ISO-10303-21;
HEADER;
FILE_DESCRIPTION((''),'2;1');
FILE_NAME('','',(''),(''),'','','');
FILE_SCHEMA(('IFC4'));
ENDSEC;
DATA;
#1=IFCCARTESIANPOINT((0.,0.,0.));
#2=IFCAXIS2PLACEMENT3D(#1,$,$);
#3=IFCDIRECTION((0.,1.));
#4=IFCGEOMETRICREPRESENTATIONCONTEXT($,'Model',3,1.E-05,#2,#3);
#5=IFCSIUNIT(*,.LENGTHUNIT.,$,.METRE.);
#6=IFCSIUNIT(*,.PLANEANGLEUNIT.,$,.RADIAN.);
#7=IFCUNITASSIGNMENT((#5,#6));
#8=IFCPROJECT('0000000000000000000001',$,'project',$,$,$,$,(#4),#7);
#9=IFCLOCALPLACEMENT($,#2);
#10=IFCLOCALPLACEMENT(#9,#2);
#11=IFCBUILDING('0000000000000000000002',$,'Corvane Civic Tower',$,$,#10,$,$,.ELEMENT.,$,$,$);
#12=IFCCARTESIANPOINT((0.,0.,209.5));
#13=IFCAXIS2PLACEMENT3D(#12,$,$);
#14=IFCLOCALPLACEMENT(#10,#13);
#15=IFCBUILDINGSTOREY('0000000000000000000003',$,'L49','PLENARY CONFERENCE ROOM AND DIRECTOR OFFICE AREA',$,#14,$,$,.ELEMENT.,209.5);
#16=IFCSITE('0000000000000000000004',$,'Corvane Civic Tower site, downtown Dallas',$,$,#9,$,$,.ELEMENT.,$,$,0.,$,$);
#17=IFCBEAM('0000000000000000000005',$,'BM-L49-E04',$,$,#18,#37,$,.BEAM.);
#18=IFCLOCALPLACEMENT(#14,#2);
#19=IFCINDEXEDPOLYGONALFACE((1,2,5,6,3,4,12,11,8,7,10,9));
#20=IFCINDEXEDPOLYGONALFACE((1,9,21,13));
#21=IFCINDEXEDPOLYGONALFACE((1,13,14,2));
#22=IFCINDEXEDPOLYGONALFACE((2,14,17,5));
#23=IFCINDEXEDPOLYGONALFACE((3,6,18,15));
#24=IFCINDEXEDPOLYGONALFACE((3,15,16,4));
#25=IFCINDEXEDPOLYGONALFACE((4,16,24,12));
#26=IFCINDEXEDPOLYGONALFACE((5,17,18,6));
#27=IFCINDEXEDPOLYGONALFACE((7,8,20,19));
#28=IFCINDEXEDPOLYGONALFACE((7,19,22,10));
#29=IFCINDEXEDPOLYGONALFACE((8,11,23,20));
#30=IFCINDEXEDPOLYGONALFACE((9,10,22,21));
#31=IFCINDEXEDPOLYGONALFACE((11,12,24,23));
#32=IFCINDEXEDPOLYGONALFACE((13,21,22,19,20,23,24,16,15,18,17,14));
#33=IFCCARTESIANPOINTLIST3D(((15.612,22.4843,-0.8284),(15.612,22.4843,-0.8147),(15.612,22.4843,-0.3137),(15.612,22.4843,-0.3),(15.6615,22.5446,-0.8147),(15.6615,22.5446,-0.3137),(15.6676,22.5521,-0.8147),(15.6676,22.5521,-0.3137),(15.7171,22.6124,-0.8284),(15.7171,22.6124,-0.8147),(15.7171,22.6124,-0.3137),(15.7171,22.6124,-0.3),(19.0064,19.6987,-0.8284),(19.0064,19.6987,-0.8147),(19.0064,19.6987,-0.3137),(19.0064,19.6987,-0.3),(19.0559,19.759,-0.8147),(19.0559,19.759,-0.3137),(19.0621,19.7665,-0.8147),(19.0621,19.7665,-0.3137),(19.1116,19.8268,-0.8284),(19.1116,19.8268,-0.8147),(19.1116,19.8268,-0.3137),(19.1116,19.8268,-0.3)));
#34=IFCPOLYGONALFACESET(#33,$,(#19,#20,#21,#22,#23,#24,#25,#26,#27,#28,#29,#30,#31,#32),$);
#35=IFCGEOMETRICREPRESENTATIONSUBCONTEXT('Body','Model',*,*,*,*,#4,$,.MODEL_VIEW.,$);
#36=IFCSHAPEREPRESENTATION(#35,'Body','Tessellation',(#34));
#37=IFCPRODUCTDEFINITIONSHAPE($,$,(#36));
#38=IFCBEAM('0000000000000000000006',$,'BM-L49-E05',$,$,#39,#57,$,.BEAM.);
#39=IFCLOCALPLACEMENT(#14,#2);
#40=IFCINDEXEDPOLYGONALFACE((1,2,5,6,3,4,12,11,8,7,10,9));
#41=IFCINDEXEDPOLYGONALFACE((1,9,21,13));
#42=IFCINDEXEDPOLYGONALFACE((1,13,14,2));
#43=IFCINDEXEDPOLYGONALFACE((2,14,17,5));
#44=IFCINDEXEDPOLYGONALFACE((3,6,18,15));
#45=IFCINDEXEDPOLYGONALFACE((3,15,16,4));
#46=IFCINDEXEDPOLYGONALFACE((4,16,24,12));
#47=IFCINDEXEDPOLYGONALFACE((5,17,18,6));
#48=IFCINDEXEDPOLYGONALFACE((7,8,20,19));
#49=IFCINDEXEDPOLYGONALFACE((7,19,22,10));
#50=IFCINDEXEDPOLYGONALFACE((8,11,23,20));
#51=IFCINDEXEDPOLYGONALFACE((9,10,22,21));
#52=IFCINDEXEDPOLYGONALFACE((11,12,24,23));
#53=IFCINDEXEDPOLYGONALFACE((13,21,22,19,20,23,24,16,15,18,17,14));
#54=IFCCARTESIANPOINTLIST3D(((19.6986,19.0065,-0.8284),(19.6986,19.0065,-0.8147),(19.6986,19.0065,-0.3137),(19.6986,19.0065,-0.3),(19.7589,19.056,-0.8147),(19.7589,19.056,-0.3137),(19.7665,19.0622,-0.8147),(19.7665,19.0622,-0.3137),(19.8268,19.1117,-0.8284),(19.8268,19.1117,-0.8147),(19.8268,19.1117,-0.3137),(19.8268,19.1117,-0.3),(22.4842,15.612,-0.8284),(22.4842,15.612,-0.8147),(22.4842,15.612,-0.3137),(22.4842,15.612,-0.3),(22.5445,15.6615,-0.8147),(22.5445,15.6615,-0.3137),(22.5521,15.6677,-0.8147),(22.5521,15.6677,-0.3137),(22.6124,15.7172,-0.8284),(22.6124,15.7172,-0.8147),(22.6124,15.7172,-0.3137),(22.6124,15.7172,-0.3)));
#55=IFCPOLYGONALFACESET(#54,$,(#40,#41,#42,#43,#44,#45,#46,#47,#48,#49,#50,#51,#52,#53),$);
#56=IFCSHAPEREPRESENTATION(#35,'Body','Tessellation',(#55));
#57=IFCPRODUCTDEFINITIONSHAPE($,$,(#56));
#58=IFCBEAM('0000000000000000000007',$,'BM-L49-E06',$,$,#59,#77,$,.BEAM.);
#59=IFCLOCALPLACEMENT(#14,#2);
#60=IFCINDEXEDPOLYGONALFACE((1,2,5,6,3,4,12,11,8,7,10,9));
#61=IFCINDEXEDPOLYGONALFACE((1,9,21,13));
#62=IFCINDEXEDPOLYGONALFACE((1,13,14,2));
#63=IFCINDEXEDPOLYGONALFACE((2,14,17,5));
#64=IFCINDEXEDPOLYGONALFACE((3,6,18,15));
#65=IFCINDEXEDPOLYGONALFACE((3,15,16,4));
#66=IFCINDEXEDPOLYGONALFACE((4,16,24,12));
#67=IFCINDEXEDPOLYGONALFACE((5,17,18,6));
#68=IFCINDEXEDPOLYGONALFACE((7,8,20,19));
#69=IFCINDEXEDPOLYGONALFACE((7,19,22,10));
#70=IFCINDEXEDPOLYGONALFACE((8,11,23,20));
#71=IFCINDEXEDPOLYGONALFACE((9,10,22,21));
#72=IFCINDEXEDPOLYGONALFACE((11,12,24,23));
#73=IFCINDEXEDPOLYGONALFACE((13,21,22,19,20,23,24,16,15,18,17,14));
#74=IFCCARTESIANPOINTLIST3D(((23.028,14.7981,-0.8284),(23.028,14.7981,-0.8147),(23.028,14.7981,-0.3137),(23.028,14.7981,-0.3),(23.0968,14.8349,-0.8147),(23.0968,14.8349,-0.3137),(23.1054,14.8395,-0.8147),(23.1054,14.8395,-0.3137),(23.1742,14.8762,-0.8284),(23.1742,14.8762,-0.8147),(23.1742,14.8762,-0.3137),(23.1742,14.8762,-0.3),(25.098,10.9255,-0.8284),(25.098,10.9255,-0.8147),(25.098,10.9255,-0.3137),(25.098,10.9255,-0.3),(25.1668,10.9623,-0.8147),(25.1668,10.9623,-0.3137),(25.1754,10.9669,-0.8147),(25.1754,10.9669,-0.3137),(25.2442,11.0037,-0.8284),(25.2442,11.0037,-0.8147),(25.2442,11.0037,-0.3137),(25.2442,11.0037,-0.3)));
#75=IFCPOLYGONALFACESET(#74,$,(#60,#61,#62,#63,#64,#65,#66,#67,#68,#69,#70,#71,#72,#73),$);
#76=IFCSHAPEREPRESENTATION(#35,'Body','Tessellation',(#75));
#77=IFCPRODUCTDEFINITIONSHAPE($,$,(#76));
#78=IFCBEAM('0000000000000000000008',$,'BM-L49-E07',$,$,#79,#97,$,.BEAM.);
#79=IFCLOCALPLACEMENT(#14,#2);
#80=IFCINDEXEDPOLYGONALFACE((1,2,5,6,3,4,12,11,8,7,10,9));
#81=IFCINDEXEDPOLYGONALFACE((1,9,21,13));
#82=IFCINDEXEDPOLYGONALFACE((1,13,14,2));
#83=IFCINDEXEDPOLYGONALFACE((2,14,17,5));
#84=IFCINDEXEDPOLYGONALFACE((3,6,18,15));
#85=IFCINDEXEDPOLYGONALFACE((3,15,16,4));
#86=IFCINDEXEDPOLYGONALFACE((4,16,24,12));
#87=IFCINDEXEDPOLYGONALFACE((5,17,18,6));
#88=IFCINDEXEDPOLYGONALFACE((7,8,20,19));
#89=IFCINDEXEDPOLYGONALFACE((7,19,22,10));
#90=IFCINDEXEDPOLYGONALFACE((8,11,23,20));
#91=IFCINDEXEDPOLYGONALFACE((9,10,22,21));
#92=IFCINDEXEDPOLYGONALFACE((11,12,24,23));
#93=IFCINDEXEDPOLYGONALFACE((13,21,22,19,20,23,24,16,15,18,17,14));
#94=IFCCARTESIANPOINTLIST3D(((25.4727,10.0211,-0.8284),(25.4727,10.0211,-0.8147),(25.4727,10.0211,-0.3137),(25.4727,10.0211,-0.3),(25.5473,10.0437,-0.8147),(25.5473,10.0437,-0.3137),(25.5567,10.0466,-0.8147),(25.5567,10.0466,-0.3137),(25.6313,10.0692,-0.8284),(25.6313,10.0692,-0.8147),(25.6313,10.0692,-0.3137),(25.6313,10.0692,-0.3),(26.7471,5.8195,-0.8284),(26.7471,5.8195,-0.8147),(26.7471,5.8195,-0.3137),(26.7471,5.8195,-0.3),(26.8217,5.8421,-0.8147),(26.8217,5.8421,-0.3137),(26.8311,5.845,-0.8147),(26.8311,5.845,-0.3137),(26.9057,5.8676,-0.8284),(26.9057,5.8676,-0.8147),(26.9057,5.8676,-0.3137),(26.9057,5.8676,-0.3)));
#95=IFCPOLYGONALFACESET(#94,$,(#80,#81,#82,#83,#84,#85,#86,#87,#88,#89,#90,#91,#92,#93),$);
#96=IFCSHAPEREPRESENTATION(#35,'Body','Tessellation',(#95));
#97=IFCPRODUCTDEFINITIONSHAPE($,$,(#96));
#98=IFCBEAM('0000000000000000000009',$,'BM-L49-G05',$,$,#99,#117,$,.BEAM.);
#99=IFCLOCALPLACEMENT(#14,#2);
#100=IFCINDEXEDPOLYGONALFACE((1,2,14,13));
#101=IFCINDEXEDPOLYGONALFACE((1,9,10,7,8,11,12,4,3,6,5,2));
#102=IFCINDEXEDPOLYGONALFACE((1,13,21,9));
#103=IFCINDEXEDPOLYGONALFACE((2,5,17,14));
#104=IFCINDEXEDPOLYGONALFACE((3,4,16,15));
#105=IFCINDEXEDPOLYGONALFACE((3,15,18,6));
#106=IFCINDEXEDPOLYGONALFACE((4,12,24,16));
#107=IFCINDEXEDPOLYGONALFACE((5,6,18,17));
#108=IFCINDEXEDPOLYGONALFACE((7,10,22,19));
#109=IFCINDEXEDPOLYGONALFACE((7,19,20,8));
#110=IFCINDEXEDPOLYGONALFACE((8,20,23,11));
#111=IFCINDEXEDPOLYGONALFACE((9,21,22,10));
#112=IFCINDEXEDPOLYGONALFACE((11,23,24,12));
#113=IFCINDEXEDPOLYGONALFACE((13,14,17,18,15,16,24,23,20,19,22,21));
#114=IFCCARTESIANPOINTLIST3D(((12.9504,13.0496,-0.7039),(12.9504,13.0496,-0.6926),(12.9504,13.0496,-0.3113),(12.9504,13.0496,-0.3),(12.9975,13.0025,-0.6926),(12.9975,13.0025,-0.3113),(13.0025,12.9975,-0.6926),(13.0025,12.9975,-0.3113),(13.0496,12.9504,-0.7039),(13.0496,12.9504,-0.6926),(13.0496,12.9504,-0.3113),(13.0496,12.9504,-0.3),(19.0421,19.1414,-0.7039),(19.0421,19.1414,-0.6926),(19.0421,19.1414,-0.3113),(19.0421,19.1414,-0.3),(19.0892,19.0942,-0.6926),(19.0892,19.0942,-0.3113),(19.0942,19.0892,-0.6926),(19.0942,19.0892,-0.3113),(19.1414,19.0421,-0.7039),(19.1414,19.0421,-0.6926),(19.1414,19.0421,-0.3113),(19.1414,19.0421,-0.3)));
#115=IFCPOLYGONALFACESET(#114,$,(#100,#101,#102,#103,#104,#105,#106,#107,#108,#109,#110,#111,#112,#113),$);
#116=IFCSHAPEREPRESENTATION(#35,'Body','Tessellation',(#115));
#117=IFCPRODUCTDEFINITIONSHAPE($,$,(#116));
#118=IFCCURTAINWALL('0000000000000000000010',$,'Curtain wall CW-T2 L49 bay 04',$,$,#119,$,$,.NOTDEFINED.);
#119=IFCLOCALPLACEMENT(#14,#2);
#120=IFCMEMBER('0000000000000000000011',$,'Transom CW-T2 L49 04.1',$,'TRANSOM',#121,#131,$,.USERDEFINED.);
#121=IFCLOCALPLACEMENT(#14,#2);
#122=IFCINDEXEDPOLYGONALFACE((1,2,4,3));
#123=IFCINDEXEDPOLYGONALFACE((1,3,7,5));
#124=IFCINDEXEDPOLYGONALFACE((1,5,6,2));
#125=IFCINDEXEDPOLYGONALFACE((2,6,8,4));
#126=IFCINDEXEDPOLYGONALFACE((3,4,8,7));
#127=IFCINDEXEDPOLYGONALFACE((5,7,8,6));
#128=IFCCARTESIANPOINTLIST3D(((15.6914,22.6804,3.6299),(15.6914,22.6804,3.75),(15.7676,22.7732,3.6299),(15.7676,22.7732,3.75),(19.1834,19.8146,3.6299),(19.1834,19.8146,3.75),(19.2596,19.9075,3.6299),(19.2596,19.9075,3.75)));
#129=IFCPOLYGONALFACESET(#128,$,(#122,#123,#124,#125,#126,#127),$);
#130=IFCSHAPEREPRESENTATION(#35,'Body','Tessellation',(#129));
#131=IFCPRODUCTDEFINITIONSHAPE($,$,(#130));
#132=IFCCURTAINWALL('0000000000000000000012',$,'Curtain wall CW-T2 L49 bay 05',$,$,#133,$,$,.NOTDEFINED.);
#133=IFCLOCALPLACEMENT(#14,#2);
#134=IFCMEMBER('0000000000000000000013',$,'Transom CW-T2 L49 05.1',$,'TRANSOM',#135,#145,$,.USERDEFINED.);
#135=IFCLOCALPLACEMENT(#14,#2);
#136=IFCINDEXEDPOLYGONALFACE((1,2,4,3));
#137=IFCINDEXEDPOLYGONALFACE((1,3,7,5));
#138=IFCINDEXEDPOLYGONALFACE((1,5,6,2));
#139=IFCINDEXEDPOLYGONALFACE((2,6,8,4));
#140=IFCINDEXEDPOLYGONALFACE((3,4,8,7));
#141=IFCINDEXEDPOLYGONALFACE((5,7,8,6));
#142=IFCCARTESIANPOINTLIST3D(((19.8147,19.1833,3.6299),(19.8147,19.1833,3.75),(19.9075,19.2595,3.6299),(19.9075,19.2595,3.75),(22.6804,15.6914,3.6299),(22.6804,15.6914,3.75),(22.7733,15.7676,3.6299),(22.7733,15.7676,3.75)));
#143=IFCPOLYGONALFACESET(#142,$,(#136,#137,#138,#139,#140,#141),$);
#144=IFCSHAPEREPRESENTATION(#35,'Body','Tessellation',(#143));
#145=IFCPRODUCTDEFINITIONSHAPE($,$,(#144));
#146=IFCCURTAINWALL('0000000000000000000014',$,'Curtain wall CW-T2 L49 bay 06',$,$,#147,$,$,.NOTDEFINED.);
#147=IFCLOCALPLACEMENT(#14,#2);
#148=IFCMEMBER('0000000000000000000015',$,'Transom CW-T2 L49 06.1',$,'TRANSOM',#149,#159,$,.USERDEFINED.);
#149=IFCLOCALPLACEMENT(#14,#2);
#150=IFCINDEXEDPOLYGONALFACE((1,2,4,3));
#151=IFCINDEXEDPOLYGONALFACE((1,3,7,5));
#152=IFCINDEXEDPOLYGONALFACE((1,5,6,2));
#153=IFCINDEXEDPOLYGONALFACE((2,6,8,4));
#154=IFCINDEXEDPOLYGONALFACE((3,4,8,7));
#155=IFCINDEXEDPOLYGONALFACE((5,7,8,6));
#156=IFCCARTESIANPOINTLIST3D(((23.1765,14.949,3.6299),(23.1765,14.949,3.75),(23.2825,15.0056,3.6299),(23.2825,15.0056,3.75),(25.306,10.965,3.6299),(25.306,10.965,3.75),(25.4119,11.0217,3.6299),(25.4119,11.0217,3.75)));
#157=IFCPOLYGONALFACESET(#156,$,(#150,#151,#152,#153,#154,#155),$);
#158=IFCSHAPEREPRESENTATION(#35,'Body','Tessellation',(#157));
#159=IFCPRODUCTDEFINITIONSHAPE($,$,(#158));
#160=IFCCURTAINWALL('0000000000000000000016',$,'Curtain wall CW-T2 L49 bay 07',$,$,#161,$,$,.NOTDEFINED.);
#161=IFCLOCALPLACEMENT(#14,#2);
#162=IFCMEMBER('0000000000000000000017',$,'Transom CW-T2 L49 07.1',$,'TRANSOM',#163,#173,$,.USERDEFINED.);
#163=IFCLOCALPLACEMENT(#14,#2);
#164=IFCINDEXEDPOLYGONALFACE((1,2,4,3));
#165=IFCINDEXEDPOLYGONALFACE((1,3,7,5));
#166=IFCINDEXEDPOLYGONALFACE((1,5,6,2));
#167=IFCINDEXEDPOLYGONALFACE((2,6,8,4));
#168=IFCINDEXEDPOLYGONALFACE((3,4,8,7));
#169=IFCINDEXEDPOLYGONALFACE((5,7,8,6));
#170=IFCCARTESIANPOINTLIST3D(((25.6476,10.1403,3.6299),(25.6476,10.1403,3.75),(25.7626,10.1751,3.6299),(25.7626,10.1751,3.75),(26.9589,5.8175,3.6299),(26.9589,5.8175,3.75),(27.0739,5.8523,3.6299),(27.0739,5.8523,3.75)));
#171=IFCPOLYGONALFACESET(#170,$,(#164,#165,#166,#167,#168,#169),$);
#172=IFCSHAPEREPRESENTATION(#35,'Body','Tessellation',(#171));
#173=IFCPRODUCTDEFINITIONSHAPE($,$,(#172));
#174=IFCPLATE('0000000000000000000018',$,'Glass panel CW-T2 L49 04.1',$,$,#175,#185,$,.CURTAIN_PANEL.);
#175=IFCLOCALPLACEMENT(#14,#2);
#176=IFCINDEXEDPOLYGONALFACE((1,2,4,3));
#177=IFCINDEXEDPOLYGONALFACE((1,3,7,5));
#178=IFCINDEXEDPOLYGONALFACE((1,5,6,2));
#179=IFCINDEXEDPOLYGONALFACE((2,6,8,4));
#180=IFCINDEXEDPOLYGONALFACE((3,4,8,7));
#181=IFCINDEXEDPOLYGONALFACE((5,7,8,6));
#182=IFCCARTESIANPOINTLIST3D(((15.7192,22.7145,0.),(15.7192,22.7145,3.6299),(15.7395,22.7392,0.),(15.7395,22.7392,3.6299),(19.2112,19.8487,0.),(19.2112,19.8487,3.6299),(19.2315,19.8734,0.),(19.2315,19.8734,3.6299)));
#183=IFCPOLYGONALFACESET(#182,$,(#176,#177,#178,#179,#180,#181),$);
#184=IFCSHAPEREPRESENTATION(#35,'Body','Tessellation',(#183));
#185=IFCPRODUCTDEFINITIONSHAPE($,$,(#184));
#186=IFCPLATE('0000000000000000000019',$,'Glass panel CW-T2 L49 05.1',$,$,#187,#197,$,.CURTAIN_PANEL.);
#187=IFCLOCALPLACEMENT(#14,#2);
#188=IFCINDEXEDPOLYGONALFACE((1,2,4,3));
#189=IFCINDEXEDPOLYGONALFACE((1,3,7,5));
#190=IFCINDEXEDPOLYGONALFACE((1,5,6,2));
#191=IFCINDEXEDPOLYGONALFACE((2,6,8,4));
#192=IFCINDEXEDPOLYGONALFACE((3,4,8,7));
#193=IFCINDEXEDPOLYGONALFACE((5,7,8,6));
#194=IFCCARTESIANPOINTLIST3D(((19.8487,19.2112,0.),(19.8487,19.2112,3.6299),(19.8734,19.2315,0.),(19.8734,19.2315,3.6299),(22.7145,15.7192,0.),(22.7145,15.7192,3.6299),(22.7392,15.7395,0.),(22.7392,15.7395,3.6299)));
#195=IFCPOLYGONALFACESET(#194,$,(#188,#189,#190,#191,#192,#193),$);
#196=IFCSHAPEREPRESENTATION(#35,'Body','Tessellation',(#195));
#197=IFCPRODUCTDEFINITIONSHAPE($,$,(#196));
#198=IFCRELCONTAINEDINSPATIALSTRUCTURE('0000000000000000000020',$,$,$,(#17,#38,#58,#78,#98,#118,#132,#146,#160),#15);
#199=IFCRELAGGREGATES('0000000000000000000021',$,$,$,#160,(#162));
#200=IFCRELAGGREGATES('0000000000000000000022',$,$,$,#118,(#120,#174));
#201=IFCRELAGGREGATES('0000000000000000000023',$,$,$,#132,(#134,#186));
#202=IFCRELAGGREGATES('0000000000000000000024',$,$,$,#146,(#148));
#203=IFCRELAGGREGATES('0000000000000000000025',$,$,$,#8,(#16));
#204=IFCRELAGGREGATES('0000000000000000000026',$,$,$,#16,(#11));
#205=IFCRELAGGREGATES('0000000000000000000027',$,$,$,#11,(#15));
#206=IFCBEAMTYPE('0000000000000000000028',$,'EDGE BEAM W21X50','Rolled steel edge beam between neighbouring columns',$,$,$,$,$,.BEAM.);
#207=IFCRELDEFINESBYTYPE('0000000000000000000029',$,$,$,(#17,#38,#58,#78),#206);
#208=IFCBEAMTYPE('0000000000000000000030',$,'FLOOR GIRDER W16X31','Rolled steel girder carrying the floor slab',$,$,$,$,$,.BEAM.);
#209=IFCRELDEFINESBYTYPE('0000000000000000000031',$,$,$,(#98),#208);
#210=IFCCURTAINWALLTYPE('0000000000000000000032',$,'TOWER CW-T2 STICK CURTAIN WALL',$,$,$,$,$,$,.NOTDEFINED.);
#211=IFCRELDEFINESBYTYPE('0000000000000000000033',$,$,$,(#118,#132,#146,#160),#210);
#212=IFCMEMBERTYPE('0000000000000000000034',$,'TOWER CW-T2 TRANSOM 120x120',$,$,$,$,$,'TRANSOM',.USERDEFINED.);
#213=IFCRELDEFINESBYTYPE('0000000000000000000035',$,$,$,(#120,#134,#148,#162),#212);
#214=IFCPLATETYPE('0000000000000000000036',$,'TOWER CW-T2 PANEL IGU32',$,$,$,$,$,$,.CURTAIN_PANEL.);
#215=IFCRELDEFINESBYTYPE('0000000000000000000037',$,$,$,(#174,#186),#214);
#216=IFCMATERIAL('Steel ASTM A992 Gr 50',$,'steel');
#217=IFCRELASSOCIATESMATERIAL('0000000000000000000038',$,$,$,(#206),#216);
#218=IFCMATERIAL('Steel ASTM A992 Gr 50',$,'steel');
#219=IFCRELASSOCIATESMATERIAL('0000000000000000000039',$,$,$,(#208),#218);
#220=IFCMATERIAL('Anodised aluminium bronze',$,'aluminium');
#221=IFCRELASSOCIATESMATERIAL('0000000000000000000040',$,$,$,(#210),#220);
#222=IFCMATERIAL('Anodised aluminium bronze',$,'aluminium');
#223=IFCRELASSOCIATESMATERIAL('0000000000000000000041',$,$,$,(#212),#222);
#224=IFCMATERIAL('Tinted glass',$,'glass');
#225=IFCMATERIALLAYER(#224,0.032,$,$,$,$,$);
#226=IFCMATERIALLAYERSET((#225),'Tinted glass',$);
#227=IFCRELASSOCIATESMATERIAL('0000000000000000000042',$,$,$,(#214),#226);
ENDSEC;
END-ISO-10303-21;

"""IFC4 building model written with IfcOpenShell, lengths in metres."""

from ifc_helpers import new_model, si_unit, direction, frame, origin, origin_2d, place, context, subcontext, project, spatial, rectangle, i_section, extrude, material, layer, layer_set, material_profile, profile_set, type_object, element, aggregate, save


model = new_model("IFC4")

# Units and contexts
model_context = context("Model", 3, precision=1e-05, world=origin(), true_north=direction((0.0, 1.0)))
body_context = subcontext(model_context, "Body", "Model", "MODEL_VIEW")
ifc_project = project(units=[si_unit("LENGTHUNIT", "METRE"), si_unit("PLANEANGLEUNIT", "RADIAN")], contexts=[model_context])

# Site, building, storey
site_placement = place(None, origin())
site = spatial("IfcSite", under=ifc_project, at=site_placement, Name="Corvane Civic Tower site, downtown Dallas", CompositionType="ELEMENT", RefElevation=0.0)
building_placement = place(site_placement, origin())
building = spatial("IfcBuilding", under=site, at=building_placement, Name="Corvane Civic Tower", CompositionType="ELEMENT")
storey_placement = place(building_placement, frame((0.0, 0.0, 209.5)))
storey = spatial("IfcBuildingStorey", under=building, at=storey_placement, Name="L49", Description="PLENARY CONFERENCE ROOM AND DIRECTOR OFFICE AREA", CompositionType="ELEMENT", Elevation=209.5)

# Beams
ifc_material_1 = material(Name="Steel ASTM A992 Gr 50", Category="steel")
ifc_material_profile_1 = material_profile(ifc_material_1, i_section(OverallWidth=0.1658, OverallDepth=0.5283, WebThickness=0.0098, FlangeThickness=0.0137, at=origin_2d()), Name="W21X50")
ifc_profile_set_1 = profile_set([ifc_material_profile_1], Name="Steel ASTM A992 Gr 50")
beam_type_1 = type_object("IfcBeamType", Name="EDGE BEAM W21X50", Description="Rolled steel edge beam between neighbouring columns", PredefinedType="BEAM", material=ifc_profile_set_1)
for number, where, z_axis, x_axis, name in (
    (1, (15.6646, 22.5483, -0.5642), (0.77303, -0.634369, 0.0), (0.634369, 0.77303, 0.0), "BM-L49-E04"),
    (2, (19.7627, 19.0591, -0.5642), (0.634369, -0.77303, 0.0), (0.77303, 0.634369, 0.0), "BM-L49-E05"),
    (3, (23.1011, 14.8372, -0.5642), (0.471422, -0.881908, 0.0), (0.881908, 0.471422, 0.0), "BM-L49-E06"),
):
    element("IfcBeam", number, at=place(storey_placement, frame(where, z_axis=z_axis, x_axis=x_axis)), inside=storey, type_object=beam_type_1, Name=name, PredefinedType="BEAM", context=body_context, shape_type="SweptSolid", body=[
        extrude(i_section(OverallWidth=0.1658, OverallDepth=0.5283, WebThickness=0.0098, FlangeThickness=0.0137, at=origin_2d()), origin(), (0.0, 0.0, 1.0), 4.3911),
    ])
beam_1_placement = place(storey_placement, frame((25.552, 10.0452, -0.5642), z_axis=(0.290254, -0.95695, 0.0), x_axis=(0.95695, 0.290254, 0.0)))
element("IfcBeam", 4, at=beam_1_placement, inside=storey, type_object=beam_type_1, Name="BM-L49-E07", PredefinedType="BEAM", context=body_context, shape_type="SweptSolid", body=[
    extrude(i_section(OverallWidth=0.1658, OverallDepth=0.5283, WebThickness=0.0098, FlangeThickness=0.0137, at=origin_2d()), origin(), (0.0, 0.0, 1.0), 4.3906),
])
ifc_material_2 = material(Name="Steel ASTM A992 Gr 50", Category="steel")
ifc_material_profile_2 = material_profile(ifc_material_2, i_section(OverallWidth=0.1404, OverallDepth=0.4038, WebThickness=0.0071, FlangeThickness=0.0112, at=origin_2d()), Name="W16X31")
ifc_profile_set_2 = profile_set([ifc_material_profile_2], Name="Steel ASTM A992 Gr 50")
beam_type_2 = type_object("IfcBeamType", Name="FLOOR GIRDER W16X31", Description="Rolled steel girder carrying the floor slab", PredefinedType="BEAM", material=ifc_profile_set_2)
beam_2_placement = place(storey_placement, frame((13.0, 13.0, -0.502), z_axis=(0.707107, 0.707107, 0.0), x_axis=(-0.707107, 0.707107, 0.0)))
element("IfcBeam", 5, at=beam_2_placement, inside=storey, type_object=beam_type_2, Name="BM-L49-G05", PredefinedType="BEAM", context=body_context, shape_type="SweptSolid", body=[
    extrude(i_section(OverallWidth=0.1404, OverallDepth=0.4038, WebThickness=0.0071, FlangeThickness=0.0112, at=origin_2d()), origin(), (0.0, 0.0, 1.0), 8.615),
])

# Curtain walls, members
ifc_material_3 = material(Name="Anodised aluminium bronze", Category="aluminium")
curtain_wall_type = type_object("IfcCurtainWallType", Name="TOWER CW-T2 STICK CURTAIN WALL", PredefinedType="NOTDEFINED", material=ifc_material_3)
curtain_wall_1_placement = place(storey_placement, origin())
curtain_wall_1 = element("IfcCurtainWall", 6, at=curtain_wall_1_placement, inside=storey, type_object=curtain_wall_type, Name="Curtain wall CW-T2 L49 bay 04", PredefinedType="NOTDEFINED")
ifc_material_4 = material(Name="Anodised aluminium bronze", Category="aluminium")
ifc_material_profile_3 = material_profile(ifc_material_4, rectangle(XDim=0.1201, YDim=0.1201, at=origin_2d()), Name="TOWER CW-T2 TRANSOM 120x120")
ifc_profile_set_3 = profile_set([ifc_material_profile_3], Name="Anodised aluminium bronze")
member_type = type_object("IfcMemberType", Name="TOWER CW-T2 TRANSOM 120x120", ElementType="TRANSOM", PredefinedType="USERDEFINED", material=ifc_profile_set_3)
member_1_placement = place(storey_placement, frame((15.7295, 22.7268, 3.6899), z_axis=(0.773015, -0.634388, 0.0), x_axis=(0.634388, 0.773015, 0.0)))
member_1 = element("IfcMember", 7, at=member_1_placement, type_object=member_type, Name="Transom CW-T2 L49 04.1", ObjectType="TRANSOM", PredefinedType="USERDEFINED", context=body_context, shape_type="SweptSolid", body=[
    extrude(rectangle(XDim=0.1201, YDim=0.1201, at=origin_2d()), origin(), (0.0, 0.0, 1.0), 4.5173),
])
curtain_wall_2_placement = place(storey_placement, origin())
curtain_wall_2 = element("IfcCurtainWall", 8, at=curtain_wall_2_placement, inside=storey, type_object=curtain_wall_type, Name="Curtain wall CW-T2 L49 bay 05", PredefinedType="NOTDEFINED")
member_2_placement = place(storey_placement, frame((19.8611, 19.2214, 3.6899), z_axis=(0.634388, -0.773015, 0.0), x_axis=(0.773015, 0.634388, 0.0)))
member_2 = element("IfcMember", 9, at=member_2_placement, type_object=member_type, Name="Transom CW-T2 L49 05.1", ObjectType="TRANSOM", PredefinedType="USERDEFINED", context=body_context, shape_type="SweptSolid", body=[
    extrude(rectangle(XDim=0.1201, YDim=0.1201, at=origin_2d()), origin(), (0.0, 0.0, 1.0), 4.5173),
])
curtain_wall_3_placement = place(storey_placement, origin())
curtain_wall_3 = element("IfcCurtainWall", 10, at=curtain_wall_3_placement, inside=storey, type_object=curtain_wall_type, Name="Curtain wall CW-T2 L49 bay 06", PredefinedType="NOTDEFINED")
member_3_placement = place(storey_placement, frame((23.2295, 14.9773, 3.6899), z_axis=(0.47139, -0.881925, 0.0), x_axis=(0.881925, 0.47139, 0.0)))
member_3 = element("IfcMember", 11, at=member_3_placement, type_object=member_type, Name="Transom CW-T2 L49 06.1", ObjectType="TRANSOM", PredefinedType="USERDEFINED", context=body_context, shape_type="SweptSolid", body=[
    extrude(rectangle(XDim=0.1201, YDim=0.1201, at=origin_2d()), origin(), (0.0, 0.0, 1.0), 4.5173),
])
curtain_wall_4_placement = place(storey_placement, origin())
curtain_wall_4 = element("IfcCurtainWall", 12, at=curtain_wall_4_placement, inside=storey, type_object=curtain_wall_type, Name="Curtain wall CW-T2 L49 bay 07", PredefinedType="NOTDEFINED")
member_4_placement = place(storey_placement, frame((25.7051, 10.1577, 3.6899), z_axis=(0.290282, -0.956941, 0.0), x_axis=(0.956941, 0.290282, 0.0)))
member_4 = element("IfcMember", 13, at=member_4_placement, type_object=member_type, Name="Transom CW-T2 L49 07.1", ObjectType="TRANSOM", PredefinedType="USERDEFINED", context=body_context, shape_type="SweptSolid", body=[
    extrude(rectangle(XDim=0.1201, YDim=0.1201, at=origin_2d()), origin(), (0.0, 0.0, 1.0), 4.5173),
])
aggregate(curtain_wall_4, [member_4])

# Plates
ifc_material_5 = material(Name="Tinted glass", Category="glass")
ifc_layer_1 = layer(ifc_material_5, 0.032)
ifc_layer_set_1 = layer_set([ifc_layer_1], Name="Tinted glass")
plate_type = type_object("IfcPlateType", Name="TOWER CW-T2 PANEL IGU32", PredefinedType="CURTAIN_PANEL", material=ifc_layer_set_1)
plate_1_placement = place(storey_placement, frame((17.4753, 21.2939, 0.0), z_axis=(0.0, 0.0, 1.0), x_axis=(0.773012, -0.634391, 0.0)))
plate_1 = element("IfcPlate", 14, at=plate_1_placement, type_object=plate_type, Name="Glass panel CW-T2 L49 04.1", PredefinedType="CURTAIN_PANEL", context=body_context, shape_type="SweptSolid", body=[
    extrude(rectangle(XDim=4.5173, YDim=0.032, at=origin_2d()), origin(), (0.0, 0.0, 1.0), 3.6299),
])
aggregate(curtain_wall_1, [member_1, plate_1])
plate_2_placement = place(storey_placement, frame((21.2939, 17.4753, 0.0), z_axis=(0.0, 0.0, 1.0), x_axis=(0.634391, -0.773012, 0.0)))
plate_2 = element("IfcPlate", 15, at=plate_2_placement, type_object=plate_type, Name="Glass panel CW-T2 L49 05.1", PredefinedType="CURTAIN_PANEL", context=body_context, shape_type="SweptSolid", body=[
    extrude(rectangle(XDim=4.5173, YDim=0.032, at=origin_2d()), origin(), (0.0, 0.0, 1.0), 3.6299),
])
aggregate(curtain_wall_2, [member_2, plate_2])
aggregate(curtain_wall_3, [member_3])

save(model, "model.ifc")
